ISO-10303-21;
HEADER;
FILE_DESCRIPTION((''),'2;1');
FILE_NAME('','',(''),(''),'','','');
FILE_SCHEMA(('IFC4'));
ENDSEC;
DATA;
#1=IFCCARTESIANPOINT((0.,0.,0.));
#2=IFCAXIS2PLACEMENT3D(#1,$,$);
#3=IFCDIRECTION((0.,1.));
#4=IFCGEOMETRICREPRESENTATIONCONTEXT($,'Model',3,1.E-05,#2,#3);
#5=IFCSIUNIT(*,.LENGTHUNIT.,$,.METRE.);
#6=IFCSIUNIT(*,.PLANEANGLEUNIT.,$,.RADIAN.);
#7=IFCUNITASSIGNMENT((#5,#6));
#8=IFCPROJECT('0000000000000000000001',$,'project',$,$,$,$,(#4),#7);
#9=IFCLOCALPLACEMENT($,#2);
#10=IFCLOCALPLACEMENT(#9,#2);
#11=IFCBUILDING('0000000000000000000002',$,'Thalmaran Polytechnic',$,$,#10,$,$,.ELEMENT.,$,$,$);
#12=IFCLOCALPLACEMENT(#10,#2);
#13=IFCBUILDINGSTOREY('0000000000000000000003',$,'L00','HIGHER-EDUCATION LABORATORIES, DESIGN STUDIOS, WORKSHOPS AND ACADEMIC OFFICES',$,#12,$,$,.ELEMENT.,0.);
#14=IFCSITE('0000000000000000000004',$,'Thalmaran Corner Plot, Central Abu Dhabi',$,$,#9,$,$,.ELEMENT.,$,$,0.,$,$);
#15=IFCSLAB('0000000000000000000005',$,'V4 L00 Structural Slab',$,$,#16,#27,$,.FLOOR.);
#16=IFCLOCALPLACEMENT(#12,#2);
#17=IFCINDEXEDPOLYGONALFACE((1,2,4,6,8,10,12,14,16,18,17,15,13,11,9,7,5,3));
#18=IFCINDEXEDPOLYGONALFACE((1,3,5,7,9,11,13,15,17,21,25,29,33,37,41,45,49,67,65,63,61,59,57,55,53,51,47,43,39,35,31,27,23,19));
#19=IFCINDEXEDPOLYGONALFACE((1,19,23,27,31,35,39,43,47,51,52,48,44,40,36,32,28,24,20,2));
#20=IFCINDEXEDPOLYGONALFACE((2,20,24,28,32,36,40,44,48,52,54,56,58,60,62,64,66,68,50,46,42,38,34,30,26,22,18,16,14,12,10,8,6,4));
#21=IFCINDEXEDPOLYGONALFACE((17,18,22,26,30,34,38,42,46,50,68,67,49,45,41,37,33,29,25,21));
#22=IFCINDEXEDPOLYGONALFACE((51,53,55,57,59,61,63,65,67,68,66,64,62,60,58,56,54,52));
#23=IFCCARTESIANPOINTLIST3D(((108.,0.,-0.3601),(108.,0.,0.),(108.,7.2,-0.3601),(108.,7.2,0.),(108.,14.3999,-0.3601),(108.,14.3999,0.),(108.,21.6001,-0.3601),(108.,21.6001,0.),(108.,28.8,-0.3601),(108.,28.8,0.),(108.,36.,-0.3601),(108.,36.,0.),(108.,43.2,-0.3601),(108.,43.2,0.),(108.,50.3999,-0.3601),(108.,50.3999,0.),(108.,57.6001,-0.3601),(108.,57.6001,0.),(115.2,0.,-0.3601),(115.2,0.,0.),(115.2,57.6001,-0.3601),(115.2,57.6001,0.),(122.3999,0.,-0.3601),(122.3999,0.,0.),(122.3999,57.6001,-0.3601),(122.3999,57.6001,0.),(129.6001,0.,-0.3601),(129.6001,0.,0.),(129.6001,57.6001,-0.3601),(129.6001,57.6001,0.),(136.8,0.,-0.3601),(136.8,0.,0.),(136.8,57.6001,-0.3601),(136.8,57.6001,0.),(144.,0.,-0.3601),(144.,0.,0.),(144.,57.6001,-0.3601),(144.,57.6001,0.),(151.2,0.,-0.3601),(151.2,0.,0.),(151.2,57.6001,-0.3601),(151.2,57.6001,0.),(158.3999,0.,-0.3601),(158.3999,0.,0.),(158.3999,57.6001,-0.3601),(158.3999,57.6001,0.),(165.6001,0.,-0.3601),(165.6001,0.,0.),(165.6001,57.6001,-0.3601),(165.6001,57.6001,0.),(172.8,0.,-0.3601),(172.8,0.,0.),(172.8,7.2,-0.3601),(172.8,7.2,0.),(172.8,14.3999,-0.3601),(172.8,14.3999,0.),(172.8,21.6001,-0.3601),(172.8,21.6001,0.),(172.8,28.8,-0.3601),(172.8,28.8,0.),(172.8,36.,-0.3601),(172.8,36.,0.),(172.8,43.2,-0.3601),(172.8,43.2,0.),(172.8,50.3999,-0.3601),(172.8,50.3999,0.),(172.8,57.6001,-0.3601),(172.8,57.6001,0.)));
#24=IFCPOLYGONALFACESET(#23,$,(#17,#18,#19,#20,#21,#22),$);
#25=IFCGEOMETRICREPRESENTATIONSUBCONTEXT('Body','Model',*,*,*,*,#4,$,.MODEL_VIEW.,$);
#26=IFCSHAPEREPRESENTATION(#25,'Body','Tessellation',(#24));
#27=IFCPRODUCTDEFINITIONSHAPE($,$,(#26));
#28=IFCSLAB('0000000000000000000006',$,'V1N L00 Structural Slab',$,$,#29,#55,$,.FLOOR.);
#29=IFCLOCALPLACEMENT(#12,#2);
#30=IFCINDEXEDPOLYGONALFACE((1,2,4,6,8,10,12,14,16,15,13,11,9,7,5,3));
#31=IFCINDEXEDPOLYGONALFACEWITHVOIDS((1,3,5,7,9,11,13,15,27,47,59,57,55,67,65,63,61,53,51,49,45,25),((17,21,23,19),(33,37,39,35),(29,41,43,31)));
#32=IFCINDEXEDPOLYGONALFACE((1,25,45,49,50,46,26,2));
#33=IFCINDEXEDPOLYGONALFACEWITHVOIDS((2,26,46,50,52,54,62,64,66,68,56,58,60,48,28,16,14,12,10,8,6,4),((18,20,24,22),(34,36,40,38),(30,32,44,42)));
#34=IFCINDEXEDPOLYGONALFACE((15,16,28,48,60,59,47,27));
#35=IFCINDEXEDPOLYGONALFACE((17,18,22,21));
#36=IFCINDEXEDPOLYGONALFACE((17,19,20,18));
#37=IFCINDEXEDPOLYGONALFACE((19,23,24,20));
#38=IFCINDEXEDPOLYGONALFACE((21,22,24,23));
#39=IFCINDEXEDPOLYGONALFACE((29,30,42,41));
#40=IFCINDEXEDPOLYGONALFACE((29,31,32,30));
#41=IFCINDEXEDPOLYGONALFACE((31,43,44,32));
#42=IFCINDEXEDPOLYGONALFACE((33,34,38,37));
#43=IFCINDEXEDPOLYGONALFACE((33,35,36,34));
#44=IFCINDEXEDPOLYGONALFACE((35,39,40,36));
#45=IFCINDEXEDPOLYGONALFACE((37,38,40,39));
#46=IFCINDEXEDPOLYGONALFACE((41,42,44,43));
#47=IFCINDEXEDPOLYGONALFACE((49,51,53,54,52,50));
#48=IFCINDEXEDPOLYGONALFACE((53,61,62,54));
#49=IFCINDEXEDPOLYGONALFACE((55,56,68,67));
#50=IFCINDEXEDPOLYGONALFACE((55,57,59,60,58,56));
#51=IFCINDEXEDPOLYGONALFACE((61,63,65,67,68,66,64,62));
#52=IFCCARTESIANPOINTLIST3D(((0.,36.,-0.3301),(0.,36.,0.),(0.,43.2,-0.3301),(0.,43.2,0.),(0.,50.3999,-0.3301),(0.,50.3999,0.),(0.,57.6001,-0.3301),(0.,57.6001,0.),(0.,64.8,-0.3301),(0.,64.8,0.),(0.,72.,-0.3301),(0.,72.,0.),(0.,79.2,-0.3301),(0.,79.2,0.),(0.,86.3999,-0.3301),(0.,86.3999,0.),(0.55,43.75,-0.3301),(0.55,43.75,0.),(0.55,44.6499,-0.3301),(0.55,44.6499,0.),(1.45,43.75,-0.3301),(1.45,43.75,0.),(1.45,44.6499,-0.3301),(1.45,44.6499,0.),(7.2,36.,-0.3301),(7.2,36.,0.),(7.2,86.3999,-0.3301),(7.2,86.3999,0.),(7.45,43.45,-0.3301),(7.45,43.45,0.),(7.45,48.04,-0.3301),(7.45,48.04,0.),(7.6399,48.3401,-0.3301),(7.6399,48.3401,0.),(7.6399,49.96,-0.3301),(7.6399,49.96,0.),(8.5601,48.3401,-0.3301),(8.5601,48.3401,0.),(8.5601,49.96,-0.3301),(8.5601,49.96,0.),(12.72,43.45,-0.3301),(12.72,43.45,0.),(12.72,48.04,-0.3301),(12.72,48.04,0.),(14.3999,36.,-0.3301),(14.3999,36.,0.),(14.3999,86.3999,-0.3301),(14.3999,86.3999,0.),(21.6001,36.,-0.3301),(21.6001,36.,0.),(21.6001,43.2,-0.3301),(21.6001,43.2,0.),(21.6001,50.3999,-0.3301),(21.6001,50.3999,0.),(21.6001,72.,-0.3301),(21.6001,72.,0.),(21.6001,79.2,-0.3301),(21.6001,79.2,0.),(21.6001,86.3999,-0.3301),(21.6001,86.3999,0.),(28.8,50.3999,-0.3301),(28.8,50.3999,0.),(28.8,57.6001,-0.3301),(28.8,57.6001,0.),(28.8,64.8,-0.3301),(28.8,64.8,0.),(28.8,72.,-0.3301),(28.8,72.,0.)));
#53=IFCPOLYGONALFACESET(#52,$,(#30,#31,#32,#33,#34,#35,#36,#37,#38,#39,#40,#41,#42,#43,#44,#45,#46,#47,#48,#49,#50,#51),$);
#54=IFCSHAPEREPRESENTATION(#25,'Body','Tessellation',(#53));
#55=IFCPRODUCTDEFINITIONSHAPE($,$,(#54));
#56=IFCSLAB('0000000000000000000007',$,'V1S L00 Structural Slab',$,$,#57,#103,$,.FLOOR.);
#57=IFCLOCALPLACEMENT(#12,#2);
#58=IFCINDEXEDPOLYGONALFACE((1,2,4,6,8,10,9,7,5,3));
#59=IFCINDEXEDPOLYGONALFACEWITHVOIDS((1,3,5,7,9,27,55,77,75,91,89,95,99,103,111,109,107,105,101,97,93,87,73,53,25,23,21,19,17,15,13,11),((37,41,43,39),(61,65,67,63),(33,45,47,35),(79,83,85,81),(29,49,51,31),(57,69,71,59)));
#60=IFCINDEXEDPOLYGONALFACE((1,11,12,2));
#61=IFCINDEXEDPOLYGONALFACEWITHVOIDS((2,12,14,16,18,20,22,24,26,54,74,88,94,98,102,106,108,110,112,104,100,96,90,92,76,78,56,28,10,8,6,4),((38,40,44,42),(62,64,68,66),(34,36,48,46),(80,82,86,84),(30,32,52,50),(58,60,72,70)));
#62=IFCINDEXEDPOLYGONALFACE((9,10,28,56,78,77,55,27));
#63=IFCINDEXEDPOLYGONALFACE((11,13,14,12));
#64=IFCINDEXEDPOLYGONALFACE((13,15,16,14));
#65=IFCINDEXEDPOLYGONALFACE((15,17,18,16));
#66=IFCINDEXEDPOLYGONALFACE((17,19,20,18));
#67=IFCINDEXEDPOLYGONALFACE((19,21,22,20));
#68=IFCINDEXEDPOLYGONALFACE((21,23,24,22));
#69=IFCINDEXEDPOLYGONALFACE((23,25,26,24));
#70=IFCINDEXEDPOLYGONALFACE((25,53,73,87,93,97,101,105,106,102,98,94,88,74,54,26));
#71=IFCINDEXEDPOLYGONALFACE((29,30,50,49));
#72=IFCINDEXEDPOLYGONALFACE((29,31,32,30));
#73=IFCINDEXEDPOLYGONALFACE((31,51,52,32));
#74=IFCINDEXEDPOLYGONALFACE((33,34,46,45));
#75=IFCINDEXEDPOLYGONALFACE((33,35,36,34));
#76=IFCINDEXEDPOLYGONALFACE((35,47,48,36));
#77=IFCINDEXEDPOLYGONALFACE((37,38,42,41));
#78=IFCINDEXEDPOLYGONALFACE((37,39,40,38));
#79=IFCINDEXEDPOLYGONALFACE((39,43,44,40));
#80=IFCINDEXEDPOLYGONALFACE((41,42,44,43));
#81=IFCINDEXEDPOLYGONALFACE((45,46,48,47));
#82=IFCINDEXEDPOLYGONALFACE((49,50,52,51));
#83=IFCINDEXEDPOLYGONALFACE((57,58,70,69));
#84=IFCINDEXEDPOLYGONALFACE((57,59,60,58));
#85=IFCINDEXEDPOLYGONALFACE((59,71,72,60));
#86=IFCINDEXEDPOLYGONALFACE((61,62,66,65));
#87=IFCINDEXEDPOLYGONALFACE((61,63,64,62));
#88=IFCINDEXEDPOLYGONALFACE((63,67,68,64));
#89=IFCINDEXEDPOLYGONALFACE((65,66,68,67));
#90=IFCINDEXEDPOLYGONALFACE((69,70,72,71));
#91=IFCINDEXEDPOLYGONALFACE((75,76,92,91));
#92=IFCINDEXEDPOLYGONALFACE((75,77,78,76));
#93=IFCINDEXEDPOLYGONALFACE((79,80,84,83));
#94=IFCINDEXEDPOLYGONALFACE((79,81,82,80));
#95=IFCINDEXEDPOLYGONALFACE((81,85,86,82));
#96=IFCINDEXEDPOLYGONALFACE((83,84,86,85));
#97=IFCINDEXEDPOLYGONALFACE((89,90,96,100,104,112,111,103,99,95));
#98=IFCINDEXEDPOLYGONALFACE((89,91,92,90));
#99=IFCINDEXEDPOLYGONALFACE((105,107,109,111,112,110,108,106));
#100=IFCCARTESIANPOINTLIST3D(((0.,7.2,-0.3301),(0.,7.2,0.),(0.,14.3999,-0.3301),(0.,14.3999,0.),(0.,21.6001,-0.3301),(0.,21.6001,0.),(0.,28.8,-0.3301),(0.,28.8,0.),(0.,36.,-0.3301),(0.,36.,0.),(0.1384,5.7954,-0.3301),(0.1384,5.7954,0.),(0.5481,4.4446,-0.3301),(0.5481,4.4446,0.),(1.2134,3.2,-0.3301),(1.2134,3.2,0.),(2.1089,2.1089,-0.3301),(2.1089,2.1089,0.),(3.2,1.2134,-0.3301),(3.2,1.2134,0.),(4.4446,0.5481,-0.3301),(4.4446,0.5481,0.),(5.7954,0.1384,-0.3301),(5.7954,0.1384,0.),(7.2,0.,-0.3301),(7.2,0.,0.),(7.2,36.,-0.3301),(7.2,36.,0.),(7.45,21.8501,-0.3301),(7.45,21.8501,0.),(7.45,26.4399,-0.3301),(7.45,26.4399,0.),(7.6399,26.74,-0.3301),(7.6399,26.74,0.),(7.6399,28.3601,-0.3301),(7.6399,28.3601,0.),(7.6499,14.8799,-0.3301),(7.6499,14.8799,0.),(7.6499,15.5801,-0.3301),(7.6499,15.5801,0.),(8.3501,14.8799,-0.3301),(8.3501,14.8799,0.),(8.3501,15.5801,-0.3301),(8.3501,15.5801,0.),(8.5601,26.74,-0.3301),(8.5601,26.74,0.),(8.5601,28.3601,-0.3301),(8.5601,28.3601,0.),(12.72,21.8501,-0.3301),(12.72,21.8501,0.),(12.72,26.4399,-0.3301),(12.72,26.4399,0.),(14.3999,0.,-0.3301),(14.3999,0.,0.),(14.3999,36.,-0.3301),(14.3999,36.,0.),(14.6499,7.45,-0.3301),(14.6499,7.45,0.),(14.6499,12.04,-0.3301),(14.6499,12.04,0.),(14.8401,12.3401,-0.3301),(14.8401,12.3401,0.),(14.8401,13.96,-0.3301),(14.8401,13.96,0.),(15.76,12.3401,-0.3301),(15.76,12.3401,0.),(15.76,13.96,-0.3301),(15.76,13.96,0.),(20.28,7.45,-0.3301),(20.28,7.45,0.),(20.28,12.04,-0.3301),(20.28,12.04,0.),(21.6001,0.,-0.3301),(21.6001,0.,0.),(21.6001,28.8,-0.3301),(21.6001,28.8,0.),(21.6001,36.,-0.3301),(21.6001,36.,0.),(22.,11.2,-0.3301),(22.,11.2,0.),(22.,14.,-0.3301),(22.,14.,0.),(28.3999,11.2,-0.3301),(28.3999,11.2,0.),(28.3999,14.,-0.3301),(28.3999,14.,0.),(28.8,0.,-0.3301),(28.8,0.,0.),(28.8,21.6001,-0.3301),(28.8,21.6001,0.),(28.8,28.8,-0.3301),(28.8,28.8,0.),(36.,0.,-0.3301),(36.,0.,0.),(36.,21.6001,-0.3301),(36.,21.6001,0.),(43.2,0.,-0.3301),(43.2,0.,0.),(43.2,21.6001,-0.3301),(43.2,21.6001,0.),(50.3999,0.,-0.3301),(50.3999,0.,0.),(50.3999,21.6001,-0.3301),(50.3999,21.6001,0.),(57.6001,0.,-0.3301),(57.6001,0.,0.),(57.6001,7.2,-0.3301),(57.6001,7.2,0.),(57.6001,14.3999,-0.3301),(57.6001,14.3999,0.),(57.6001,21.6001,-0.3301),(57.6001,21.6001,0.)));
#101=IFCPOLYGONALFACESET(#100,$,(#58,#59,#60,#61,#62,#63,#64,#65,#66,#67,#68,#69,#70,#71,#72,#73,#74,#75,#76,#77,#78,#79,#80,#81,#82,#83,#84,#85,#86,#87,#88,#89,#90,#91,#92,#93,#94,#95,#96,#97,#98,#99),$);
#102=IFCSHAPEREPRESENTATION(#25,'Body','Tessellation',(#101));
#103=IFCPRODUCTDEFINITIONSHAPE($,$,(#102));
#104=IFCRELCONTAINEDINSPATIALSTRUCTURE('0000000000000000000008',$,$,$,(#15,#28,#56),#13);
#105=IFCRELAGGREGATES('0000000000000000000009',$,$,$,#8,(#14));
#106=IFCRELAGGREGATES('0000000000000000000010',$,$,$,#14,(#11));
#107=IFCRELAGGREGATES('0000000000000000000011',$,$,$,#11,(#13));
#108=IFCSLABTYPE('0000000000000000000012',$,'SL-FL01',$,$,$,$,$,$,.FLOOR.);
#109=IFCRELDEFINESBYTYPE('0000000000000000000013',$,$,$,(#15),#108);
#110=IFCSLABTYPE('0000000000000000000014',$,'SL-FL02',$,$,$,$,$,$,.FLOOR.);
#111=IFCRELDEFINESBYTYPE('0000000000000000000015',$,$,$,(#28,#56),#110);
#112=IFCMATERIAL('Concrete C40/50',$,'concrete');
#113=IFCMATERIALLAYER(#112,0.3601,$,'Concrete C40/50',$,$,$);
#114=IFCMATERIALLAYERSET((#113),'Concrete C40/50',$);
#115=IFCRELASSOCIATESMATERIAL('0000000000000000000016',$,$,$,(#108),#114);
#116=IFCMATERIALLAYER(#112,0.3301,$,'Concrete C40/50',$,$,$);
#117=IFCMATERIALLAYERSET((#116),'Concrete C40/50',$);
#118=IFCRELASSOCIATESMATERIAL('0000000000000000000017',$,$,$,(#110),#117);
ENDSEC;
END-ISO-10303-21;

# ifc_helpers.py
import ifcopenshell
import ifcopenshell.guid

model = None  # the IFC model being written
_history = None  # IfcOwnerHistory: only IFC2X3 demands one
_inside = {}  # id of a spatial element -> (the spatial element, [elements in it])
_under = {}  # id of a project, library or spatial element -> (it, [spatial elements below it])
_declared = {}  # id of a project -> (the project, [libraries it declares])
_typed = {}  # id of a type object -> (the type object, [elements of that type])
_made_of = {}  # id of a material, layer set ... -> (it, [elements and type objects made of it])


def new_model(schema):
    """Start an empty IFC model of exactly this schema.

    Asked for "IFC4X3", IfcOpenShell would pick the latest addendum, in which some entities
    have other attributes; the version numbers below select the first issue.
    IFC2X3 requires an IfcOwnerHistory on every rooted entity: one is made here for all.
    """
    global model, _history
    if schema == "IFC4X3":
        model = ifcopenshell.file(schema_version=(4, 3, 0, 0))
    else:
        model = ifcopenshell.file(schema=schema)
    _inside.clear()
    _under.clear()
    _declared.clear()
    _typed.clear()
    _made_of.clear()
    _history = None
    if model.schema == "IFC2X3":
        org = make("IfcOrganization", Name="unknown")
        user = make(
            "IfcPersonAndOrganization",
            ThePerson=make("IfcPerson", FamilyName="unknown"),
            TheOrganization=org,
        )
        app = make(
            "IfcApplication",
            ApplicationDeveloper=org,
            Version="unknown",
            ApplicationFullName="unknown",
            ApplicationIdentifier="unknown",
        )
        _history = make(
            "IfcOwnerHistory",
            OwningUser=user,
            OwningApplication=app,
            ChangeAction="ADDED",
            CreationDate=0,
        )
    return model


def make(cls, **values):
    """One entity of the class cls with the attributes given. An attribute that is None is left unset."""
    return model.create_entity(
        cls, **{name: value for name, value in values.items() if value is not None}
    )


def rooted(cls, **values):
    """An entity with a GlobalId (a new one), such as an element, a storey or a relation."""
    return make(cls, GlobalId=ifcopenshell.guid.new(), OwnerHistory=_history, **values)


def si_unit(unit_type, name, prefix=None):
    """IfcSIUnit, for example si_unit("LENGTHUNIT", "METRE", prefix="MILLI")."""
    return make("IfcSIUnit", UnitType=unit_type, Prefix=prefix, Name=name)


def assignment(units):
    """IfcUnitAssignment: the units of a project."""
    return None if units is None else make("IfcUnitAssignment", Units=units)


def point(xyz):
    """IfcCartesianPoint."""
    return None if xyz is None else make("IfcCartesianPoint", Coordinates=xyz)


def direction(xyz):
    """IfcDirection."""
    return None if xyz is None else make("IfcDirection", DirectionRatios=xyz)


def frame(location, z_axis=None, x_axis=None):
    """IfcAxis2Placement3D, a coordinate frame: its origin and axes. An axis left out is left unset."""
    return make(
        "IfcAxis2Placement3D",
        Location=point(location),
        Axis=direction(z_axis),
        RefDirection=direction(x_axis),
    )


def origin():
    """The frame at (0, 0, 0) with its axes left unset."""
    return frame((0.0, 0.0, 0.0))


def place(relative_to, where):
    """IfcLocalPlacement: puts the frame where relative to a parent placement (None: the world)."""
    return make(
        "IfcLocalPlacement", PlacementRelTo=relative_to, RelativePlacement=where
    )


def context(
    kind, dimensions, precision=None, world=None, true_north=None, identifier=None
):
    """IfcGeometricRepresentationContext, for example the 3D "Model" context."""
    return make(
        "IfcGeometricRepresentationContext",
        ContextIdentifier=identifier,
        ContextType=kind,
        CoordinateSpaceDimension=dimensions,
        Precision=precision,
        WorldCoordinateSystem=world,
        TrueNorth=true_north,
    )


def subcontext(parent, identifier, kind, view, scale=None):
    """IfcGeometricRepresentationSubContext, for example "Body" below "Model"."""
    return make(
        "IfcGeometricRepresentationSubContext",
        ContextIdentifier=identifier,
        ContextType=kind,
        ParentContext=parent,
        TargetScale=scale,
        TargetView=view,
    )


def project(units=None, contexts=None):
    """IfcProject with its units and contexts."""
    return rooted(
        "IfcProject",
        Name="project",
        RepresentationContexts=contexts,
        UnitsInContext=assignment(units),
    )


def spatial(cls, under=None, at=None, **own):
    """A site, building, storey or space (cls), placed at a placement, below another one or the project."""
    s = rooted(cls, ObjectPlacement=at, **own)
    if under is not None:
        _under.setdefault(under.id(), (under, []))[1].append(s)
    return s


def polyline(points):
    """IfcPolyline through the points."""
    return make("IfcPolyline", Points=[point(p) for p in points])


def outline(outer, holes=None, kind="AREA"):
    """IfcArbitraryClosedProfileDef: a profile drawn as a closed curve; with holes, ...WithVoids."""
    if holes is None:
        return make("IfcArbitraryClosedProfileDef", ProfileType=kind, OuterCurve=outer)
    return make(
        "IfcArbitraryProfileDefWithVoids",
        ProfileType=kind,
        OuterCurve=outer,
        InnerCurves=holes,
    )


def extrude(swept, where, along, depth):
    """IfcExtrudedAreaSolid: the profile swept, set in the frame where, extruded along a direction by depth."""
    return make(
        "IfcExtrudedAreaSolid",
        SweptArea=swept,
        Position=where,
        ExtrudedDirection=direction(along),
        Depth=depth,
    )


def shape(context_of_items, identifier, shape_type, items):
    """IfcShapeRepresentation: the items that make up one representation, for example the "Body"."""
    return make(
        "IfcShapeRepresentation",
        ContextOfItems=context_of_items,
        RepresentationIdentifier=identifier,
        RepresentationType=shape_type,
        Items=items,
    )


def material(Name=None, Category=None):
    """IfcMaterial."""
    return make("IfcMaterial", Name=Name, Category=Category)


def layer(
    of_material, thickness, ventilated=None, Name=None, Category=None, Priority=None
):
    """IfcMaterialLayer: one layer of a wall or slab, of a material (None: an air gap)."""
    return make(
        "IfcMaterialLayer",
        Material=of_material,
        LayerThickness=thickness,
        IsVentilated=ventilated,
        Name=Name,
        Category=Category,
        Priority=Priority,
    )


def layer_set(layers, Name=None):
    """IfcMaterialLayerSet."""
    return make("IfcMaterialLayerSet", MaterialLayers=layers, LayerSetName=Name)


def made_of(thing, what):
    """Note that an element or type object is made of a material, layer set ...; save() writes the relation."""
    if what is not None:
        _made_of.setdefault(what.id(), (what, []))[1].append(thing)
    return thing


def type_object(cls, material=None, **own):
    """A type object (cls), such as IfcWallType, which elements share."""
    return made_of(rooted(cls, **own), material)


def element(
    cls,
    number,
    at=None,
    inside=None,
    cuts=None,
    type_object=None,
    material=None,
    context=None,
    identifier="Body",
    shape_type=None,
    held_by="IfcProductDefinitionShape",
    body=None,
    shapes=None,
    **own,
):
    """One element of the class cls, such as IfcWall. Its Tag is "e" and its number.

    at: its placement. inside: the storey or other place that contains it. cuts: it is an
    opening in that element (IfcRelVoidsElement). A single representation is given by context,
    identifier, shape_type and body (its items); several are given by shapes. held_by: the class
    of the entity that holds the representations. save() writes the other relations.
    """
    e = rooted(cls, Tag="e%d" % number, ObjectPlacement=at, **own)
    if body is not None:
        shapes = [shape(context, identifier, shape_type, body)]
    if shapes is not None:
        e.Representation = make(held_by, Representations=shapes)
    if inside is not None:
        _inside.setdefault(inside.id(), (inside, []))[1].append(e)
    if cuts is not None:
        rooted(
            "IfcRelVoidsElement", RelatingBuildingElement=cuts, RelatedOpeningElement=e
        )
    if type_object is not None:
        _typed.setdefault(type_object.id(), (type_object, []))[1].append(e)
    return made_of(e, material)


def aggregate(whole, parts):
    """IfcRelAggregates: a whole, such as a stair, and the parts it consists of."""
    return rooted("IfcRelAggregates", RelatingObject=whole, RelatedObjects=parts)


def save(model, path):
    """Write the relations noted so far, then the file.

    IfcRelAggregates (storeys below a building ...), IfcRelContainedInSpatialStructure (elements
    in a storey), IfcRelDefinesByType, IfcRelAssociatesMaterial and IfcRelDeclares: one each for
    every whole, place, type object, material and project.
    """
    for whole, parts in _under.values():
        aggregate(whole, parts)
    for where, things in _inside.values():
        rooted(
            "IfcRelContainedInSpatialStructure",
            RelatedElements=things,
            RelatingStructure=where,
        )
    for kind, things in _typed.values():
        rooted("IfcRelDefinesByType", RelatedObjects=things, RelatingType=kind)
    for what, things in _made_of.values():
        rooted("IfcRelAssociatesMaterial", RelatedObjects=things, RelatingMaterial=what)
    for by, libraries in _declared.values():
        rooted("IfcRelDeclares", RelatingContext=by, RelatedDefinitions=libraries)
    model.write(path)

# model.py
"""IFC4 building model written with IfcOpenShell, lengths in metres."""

from ifc_helpers import new_model, si_unit, direction, frame, origin, place, context, subcontext, project, spatial, polyline, outline, extrude, material, layer, layer_set, type_object, element, save


model = new_model("IFC4")

# Units and contexts
model_context = context("Model", 3, precision=1e-05, world=origin(), true_north=direction((0.0, 1.0)))
body_context = subcontext(model_context, "Body", "Model", "MODEL_VIEW")
ifc_project = project(units=[si_unit("LENGTHUNIT", "METRE"), si_unit("PLANEANGLEUNIT", "RADIAN")], contexts=[model_context])

# Site, building, storey
site_placement = place(None, origin())
site = spatial("IfcSite", under=ifc_project, at=site_placement, Name="Thalmaran Corner Plot, Central Abu Dhabi", CompositionType="ELEMENT", RefElevation=0.0)
building_placement = place(site_placement, origin())
building = spatial("IfcBuilding", under=site, at=building_placement, Name="Thalmaran Polytechnic", CompositionType="ELEMENT")
storey_placement = place(building_placement, origin())
storey = spatial("IfcBuildingStorey", under=building, at=storey_placement, Name="L00", Description="HIGHER-EDUCATION LABORATORIES, DESIGN STUDIOS, WORKSHOPS AND ACADEMIC OFFICES", CompositionType="ELEMENT", Elevation=0.0)

# Slabs
ifc_material = material(Name="Concrete C40/50", Category="concrete")
ifc_layer_1 = layer(ifc_material, 0.3601, Name="Concrete C40/50")
ifc_layer_set_1 = layer_set([ifc_layer_1], Name="Concrete C40/50")
slab_type_1 = type_object("IfcSlabType", Name="SL-FL01", PredefinedType="FLOOR", material=ifc_layer_set_1)
slab_1_placement = place(storey_placement, frame((0.0, 0.0, -0.3601)))
element("IfcSlab", 1, at=slab_1_placement, inside=storey, type_object=slab_type_1, Name="V4 L00 Structural Slab", PredefinedType="FLOOR", context=body_context, shape_type="SweptSolid", body=[
    extrude(outline(polyline([(108.0, 36.0), (108.0, 43.2), (108.0, 50.3999), (108.0, 57.6001), (115.2, 57.6001), (122.3999, 57.6001), (129.6001, 57.6001), (136.8, 57.6001), (144.0, 57.6001), (151.2, 57.6001), (158.3999, 57.6001), (165.6001, 57.6001), (172.8, 57.6001), (172.8, 50.3999), (172.8, 43.2), (172.8, 36.0), (172.8, 28.8), (172.8, 21.6001), (172.8, 14.3999), (172.8, 7.2), (172.8, 0.0), (165.6001, 0.0), (158.3999, 0.0), (151.2, 0.0), (144.0, 0.0), (136.8, 0.0), (129.6001, 0.0), (122.3999, 0.0), (115.2, 0.0), (108.0, 0.0), (108.0, 7.2), (108.0, 14.3999), (108.0, 21.6001), (108.0, 28.8), (108.0, 36.0)])), origin(), (0.0, 0.0, 1.0), 0.3601),
])
ifc_layer_2 = layer(ifc_material, 0.3301, Name="Concrete C40/50")
ifc_layer_set_2 = layer_set([ifc_layer_2], Name="Concrete C40/50")
slab_type_2 = type_object("IfcSlabType", Name="SL-FL02", PredefinedType="FLOOR", material=ifc_layer_set_2)
slab_2_placement = place(storey_placement, frame((0.0, 0.0, -0.3301)))
element("IfcSlab", 2, at=slab_2_placement, inside=storey, type_object=slab_type_2, Name="V1N L00 Structural Slab", PredefinedType="FLOOR", context=body_context, shape_type="SweptSolid", body=[
    extrude(outline(polyline([(0.0, 72.0), (0.0, 79.2), (0.0, 86.3999), (7.2, 86.3999), (14.3999, 86.3999), (21.6001, 86.3999), (21.6001, 79.2), (21.6001, 72.0), (28.8, 72.0), (28.8, 64.8), (28.8, 57.6001), (28.8, 50.3999), (21.6001, 50.3999), (21.6001, 43.2), (21.6001, 36.0), (14.3999, 36.0), (7.2, 36.0), (0.0, 36.0), (0.0, 43.2), (0.0, 50.3999), (0.0, 57.6001), (0.0, 64.8), (0.0, 72.0)]), holes=[polyline([(7.45, 43.45), (12.72, 43.45), (12.72, 48.04), (7.45, 48.04), (7.45, 43.45)]), polyline([(7.6399, 49.96), (7.6399, 48.3401), (8.5601, 48.3401), (8.5601, 49.96), (7.6399, 49.96)]), polyline([(1.45, 44.6499), (0.55, 44.6499), (0.55, 43.75), (1.45, 43.75), (1.45, 44.6499)])]), origin(), (0.0, 0.0, 1.0), 0.3301),
])
slab_3_placement = place(storey_placement, frame((0.0, 0.0, -0.3301)))
element("IfcSlab", 3, at=slab_3_placement, inside=storey, type_object=slab_type_2, Name="V1S L00 Structural Slab", PredefinedType="FLOOR", context=body_context, shape_type="SweptSolid", body=[
    extrude(outline(polyline([(0.0, 21.6001), (0.0, 28.8), (0.0, 36.0), (7.2, 36.0), (14.3999, 36.0), (21.6001, 36.0), (21.6001, 28.8), (28.8, 28.8), (28.8, 21.6001), (36.0, 21.6001), (43.2, 21.6001), (50.3999, 21.6001), (57.6001, 21.6001), (57.6001, 14.3999), (57.6001, 7.2), (57.6001, 0.0), (50.3999, 0.0), (43.2, 0.0), (36.0, 0.0), (28.8, 0.0), (21.6001, 0.0), (14.3999, 0.0), (7.2, 0.0), (5.7954, 0.1384), (4.4446, 0.5481), (3.2, 1.2134), (2.1089, 2.1089), (1.2134, 3.2), (0.5481, 4.4446), (0.1384, 5.7954), (0.0, 7.2), (0.0, 14.3999), (0.0, 21.6001)]), holes=[polyline([(28.3999, 11.2), (28.3999, 14.0), (22.0, 14.0), (22.0, 11.2), (28.3999, 11.2)]), polyline([(14.6499, 12.04), (14.6499, 7.45), (20.28, 7.45), (20.28, 12.04), (14.6499, 12.04)]), polyline([(15.76, 13.96), (14.8401, 13.96), (14.8401, 12.3401), (15.76, 12.3401), (15.76, 13.96)]), polyline([(7.45, 21.8501), (12.72, 21.8501), (12.72, 26.4399), (7.45, 26.4399), (7.45, 21.8501)]), polyline([(7.6399, 28.3601), (7.6399, 26.74), (8.5601, 26.74), (8.5601, 28.3601), (7.6399, 28.3601)]), polyline([(8.3501, 15.5801), (7.6499, 15.5801), (7.6499, 14.8799), (8.3501, 14.8799), (8.3501, 15.5801)])]), origin(), (0.0, 0.0, 1.0), 0.3301),
])

save(model, "model.ifc")
